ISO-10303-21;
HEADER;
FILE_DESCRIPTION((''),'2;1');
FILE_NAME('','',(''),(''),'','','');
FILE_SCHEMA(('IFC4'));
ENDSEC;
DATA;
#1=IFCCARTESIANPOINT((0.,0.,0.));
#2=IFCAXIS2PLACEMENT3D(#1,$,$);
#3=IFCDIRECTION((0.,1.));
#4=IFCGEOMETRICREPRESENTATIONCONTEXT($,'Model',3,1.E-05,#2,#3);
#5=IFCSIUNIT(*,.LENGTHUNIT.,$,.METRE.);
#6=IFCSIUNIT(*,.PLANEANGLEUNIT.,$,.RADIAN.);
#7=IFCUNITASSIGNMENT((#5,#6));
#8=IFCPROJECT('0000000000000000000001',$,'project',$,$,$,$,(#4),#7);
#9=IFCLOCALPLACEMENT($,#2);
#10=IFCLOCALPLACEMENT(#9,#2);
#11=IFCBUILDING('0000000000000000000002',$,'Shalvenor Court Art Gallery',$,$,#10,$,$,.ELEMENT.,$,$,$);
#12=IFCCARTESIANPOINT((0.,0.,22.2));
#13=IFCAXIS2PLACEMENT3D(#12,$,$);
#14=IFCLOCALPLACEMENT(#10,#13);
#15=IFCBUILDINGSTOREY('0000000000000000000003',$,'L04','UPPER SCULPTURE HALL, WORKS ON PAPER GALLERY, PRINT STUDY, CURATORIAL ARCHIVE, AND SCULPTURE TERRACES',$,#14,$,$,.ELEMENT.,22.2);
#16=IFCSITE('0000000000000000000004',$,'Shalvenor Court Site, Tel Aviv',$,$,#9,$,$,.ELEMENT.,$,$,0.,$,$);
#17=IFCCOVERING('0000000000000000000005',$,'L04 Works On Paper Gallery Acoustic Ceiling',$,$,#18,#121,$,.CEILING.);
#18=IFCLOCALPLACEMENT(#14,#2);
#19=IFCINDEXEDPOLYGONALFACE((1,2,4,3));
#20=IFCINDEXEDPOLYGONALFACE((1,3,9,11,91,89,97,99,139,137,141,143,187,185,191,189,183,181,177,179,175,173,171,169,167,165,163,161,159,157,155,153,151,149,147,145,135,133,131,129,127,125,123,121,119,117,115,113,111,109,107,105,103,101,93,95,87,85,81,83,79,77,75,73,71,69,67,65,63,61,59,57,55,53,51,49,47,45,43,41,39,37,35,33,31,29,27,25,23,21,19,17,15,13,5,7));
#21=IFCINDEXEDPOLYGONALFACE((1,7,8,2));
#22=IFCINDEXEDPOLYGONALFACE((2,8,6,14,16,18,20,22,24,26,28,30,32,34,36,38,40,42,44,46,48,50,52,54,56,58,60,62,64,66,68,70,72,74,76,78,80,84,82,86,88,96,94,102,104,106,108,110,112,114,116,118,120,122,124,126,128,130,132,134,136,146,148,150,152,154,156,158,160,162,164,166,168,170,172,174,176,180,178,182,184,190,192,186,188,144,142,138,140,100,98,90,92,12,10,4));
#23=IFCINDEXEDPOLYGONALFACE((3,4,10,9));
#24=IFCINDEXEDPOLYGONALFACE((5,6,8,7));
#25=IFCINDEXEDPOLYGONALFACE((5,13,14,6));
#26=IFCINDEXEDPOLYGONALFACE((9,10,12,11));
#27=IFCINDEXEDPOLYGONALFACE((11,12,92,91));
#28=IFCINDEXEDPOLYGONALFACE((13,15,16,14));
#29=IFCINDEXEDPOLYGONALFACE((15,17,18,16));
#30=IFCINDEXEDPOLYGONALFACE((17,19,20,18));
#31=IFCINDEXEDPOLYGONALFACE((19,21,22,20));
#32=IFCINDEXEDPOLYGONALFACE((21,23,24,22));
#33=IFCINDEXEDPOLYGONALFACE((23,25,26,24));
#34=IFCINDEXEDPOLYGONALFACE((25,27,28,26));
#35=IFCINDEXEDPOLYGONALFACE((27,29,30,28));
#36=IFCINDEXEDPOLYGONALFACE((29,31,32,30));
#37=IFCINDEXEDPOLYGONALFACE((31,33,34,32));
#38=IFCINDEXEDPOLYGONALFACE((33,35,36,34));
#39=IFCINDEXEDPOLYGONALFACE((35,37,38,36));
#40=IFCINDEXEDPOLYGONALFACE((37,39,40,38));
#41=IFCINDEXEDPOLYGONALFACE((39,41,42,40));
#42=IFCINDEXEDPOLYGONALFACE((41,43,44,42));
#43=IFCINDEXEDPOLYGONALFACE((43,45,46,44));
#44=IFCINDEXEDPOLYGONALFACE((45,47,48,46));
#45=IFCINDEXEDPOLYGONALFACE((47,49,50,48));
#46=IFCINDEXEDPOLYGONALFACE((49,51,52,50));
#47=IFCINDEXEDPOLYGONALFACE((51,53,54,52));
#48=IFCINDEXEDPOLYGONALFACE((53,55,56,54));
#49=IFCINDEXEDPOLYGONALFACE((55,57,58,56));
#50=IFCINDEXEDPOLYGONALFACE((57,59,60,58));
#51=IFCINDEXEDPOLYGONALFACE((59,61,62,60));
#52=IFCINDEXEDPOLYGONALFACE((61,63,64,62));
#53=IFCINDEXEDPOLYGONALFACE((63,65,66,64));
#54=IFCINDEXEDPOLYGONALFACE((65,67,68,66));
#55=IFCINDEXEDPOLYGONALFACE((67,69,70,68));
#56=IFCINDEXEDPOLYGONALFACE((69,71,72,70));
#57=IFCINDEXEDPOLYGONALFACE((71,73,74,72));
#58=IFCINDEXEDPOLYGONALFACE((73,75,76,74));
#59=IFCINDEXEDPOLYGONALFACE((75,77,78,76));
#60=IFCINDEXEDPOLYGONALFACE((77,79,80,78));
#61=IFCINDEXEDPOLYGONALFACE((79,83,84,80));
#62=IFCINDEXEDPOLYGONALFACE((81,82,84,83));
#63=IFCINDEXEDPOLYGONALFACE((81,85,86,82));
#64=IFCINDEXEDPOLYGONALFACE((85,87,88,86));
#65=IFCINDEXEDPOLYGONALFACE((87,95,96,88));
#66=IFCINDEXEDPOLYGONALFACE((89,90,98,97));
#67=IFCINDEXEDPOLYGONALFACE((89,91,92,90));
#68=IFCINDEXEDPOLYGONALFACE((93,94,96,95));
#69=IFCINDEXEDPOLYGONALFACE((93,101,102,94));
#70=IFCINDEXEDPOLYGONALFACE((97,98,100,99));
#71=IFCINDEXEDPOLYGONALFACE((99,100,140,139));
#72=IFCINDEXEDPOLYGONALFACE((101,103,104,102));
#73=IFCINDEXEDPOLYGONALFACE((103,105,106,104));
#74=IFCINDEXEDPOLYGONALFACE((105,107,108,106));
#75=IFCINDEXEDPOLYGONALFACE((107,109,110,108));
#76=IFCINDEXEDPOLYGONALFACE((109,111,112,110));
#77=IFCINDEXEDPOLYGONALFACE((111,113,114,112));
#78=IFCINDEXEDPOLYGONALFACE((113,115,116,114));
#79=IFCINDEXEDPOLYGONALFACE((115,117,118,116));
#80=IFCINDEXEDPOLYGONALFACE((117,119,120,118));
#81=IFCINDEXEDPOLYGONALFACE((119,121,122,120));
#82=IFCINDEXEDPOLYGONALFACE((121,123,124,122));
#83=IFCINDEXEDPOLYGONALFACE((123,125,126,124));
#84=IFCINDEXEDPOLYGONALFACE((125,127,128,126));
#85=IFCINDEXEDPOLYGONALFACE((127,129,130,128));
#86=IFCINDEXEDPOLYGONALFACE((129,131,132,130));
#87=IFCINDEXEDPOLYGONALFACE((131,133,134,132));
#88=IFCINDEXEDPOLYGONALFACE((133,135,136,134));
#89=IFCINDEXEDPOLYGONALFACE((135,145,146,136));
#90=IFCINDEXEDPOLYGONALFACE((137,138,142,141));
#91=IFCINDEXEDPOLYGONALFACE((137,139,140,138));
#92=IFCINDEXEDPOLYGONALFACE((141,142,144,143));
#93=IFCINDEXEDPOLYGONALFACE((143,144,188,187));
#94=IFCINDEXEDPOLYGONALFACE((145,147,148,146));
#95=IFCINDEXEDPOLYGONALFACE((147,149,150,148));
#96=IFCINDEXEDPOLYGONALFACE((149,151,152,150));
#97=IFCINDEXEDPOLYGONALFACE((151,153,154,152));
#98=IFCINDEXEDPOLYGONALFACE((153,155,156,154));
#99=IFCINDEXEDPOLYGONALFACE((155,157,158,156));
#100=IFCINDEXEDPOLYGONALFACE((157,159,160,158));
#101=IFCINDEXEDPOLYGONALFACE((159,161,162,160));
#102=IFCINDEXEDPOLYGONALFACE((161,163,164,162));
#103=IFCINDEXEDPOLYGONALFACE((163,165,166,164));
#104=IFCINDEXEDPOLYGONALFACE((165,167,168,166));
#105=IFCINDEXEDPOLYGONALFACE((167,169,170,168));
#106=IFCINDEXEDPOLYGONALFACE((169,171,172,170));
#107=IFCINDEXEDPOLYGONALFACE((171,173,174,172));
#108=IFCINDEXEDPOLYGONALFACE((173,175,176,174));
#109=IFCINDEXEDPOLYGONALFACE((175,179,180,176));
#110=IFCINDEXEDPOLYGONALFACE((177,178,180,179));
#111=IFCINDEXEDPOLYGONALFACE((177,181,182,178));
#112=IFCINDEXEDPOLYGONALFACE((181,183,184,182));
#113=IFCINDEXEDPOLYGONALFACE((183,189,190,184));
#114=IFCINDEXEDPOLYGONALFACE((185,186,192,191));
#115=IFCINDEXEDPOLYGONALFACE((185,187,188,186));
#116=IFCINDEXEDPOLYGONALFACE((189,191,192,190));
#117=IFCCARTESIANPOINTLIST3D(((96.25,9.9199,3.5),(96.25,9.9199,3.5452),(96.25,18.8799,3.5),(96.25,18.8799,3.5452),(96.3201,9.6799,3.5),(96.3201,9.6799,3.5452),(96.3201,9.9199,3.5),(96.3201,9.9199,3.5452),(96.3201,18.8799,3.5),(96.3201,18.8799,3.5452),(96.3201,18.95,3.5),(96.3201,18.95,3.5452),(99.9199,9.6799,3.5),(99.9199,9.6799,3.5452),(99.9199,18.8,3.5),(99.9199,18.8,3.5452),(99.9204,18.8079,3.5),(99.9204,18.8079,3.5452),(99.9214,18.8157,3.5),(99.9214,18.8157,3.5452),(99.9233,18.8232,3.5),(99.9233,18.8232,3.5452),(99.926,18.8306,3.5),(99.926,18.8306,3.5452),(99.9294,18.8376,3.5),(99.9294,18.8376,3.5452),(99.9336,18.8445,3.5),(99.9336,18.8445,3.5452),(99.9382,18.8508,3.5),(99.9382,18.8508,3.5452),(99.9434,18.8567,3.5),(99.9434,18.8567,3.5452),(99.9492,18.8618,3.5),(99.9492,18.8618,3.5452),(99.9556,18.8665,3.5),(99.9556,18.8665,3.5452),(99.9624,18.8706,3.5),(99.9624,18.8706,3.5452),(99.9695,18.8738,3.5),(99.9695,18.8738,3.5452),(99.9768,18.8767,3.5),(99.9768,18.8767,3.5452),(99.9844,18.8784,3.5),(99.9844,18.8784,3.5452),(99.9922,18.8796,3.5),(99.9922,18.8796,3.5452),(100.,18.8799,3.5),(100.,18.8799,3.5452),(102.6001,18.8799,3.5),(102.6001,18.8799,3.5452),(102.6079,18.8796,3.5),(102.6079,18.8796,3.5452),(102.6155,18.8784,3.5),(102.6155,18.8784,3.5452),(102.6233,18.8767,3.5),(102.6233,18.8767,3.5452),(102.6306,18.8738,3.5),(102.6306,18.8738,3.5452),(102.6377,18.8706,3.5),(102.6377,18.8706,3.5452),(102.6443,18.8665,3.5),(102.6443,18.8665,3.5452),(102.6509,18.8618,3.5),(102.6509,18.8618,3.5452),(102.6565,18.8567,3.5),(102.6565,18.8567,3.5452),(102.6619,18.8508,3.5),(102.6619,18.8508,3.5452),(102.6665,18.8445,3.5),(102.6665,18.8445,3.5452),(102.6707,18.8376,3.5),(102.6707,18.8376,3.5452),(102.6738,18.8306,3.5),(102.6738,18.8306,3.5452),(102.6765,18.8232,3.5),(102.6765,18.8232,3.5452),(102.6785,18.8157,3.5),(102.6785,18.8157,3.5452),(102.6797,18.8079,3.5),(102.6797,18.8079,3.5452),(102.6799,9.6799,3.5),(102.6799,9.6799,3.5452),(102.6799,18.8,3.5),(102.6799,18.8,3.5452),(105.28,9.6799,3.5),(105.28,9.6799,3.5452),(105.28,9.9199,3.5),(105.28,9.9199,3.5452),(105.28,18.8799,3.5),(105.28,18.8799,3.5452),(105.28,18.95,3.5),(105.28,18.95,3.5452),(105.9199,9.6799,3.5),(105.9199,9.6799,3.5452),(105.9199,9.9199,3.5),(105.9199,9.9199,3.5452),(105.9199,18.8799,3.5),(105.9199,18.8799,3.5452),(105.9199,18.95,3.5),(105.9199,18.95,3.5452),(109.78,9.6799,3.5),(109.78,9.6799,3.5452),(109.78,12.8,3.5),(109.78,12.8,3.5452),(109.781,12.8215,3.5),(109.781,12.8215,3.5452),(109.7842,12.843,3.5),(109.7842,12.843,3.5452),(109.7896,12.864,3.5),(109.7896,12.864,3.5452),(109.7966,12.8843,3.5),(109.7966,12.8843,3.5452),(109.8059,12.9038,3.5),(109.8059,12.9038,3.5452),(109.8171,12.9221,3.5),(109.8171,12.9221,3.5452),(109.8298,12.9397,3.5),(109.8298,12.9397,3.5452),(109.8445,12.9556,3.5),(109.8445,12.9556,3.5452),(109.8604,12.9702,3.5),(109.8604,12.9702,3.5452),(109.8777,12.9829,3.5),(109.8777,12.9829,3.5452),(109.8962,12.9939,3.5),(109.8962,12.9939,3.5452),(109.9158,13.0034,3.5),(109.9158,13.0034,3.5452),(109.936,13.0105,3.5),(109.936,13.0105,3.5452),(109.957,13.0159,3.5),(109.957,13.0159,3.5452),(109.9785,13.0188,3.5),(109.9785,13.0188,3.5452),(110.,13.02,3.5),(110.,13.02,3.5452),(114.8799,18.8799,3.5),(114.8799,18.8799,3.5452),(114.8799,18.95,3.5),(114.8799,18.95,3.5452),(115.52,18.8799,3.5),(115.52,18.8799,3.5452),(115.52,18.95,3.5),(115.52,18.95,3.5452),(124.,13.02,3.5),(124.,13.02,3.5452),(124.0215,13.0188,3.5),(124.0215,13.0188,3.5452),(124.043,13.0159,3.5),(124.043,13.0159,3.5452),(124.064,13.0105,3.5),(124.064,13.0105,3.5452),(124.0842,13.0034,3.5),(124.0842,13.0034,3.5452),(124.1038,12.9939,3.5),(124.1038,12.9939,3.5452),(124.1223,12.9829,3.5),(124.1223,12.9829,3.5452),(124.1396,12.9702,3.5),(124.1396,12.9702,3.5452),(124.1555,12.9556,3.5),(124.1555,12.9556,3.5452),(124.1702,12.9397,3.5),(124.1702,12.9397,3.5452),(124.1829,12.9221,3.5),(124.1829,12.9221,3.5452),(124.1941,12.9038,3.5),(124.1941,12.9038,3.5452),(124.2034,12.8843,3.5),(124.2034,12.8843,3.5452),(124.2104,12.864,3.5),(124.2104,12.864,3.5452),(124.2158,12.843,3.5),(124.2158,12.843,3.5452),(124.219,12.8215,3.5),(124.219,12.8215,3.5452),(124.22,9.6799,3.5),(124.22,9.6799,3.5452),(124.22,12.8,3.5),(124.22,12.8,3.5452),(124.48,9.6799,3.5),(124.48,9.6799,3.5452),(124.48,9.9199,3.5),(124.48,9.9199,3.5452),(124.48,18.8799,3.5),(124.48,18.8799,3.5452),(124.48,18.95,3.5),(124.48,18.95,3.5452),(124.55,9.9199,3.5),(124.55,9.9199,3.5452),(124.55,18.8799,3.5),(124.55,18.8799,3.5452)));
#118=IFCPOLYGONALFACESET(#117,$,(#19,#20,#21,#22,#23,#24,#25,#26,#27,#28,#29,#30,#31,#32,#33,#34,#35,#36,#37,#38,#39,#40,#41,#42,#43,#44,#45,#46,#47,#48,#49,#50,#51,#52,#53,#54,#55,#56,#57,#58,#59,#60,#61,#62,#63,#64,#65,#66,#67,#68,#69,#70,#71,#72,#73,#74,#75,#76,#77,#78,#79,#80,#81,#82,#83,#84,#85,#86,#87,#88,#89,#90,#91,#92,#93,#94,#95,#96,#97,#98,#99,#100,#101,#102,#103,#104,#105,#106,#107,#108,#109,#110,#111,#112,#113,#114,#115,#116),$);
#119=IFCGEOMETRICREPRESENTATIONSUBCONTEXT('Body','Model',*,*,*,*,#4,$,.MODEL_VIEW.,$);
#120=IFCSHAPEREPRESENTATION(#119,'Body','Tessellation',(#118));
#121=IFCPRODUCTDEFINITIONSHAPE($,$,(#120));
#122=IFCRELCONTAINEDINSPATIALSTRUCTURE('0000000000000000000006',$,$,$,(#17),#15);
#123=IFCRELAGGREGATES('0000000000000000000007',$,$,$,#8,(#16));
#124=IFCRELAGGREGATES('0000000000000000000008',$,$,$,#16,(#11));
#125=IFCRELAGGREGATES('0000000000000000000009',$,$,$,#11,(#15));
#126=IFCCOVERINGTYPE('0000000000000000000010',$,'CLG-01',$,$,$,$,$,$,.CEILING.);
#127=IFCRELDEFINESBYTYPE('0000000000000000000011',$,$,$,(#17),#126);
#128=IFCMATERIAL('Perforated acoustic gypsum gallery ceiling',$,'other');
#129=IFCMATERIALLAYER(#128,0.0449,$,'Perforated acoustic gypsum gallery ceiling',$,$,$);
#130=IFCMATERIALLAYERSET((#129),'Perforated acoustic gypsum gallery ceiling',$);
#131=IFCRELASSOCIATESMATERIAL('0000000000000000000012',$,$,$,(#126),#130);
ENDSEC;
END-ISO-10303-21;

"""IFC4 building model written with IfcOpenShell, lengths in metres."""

from ifc_helpers import new_model, si_unit, direction, frame, origin, place, context, subcontext, project, spatial, polyline, outline, extrude, material, layer, layer_set, type_object, element, save


model = new_model("IFC4")

# Units and contexts
model_context = context("Model", 3, precision=1e-05, world=origin(), true_north=direction((0.0, 1.0)))
body_context = subcontext(model_context, "Body", "Model", "MODEL_VIEW")
ifc_project = project(units=[si_unit("LENGTHUNIT", "METRE"), si_unit("PLANEANGLEUNIT", "RADIAN")], contexts=[model_context])

# Site, building, storey
site_placement = place(None, origin())
site = spatial("IfcSite", under=ifc_project, at=site_placement, Name="Shalvenor Court Site, Tel Aviv", CompositionType="ELEMENT", RefElevation=0.0)
building_placement = place(site_placement, origin())
building = spatial("IfcBuilding", under=site, at=building_placement, Name="Shalvenor Court Art Gallery", CompositionType="ELEMENT")
storey_placement = place(building_placement, frame((0.0, 0.0, 22.2)))
storey = spatial("IfcBuildingStorey", under=building, at=storey_placement, Name="L04", Description="UPPER SCULPTURE HALL, WORKS ON PAPER GALLERY, PRINT STUDY, CURATORIAL ARCHIVE, AND SCULPTURE TERRACES", CompositionType="ELEMENT", Elevation=22.2)

# Covering
ifc_material_1 = material(Name="Perforated acoustic gypsum gallery ceiling", Category="other")
ifc_layer_1 = layer(ifc_material_1, 0.0449, Name="Perforated acoustic gypsum gallery ceiling")
ifc_layer_set_1 = layer_set([ifc_layer_1], Name="Perforated acoustic gypsum gallery ceiling")
covering_type_1 = type_object("IfcCoveringType", Name="CLG-01", PredefinedType="CEILING", material=ifc_layer_set_1)
covering_1_placement = place(storey_placement, frame((0.0, 0.0, 3.5)))
element("IfcCovering", 1, at=covering_1_placement, inside=storey, type_object=covering_type_1, Name="L04 Works On Paper Gallery Acoustic Ceiling", PredefinedType="CEILING", context=body_context, shape_type="SweptSolid", body=[
    extrude(outline(polyline([(124.55, 9.9199), (124.48, 9.9199), (124.48, 9.6799), (124.22, 9.6799), (124.22, 12.8), (124.219, 12.8215), (124.2158, 12.843), (124.2104, 12.864), (124.2034, 12.8843), (124.1941, 12.9038), (124.1829, 12.9221), (124.1702, 12.9397), (124.1555, 12.9556), (124.1396, 12.9702), (124.1223, 12.9829), (124.1038, 12.9939), (124.0842, 13.0034), (124.064, 13.0105), (124.043, 13.0159), (124.0215, 13.0188), (124.0, 13.02), (110.0, 13.02), (109.9785, 13.0188), (109.957, 13.0159), (109.936, 13.0105), (109.9158, 13.0034), (109.8962, 12.9939), (109.8777, 12.9829), (109.8604, 12.9702), (109.8445, 12.9556), (109.8298, 12.9397), (109.8171, 12.9221), (109.8059, 12.9038), (109.7966, 12.8843), (109.7896, 12.864), (109.7842, 12.843), (109.781, 12.8215), (109.78, 12.8), (109.78, 9.6799), (105.9199, 9.6799), (105.9199, 9.9199), (105.28, 9.9199), (105.28, 9.6799), (102.6799, 9.6799), (102.6799, 18.8), (102.6797, 18.8079), (102.6785, 18.8157), (102.6765, 18.8232), (102.6738, 18.8306), (102.6707, 18.8376), (102.6665, 18.8445), (102.6619, 18.8508), (102.6565, 18.8567), (102.6509, 18.8618), (102.6443, 18.8665), (102.6377, 18.8706), (102.6306, 18.8738), (102.6233, 18.8767), (102.6155, 18.8784), (102.6079, 18.8796), (102.6001, 18.8799), (100.0, 18.8799), (99.9922, 18.8796), (99.9844, 18.8784), (99.9768, 18.8767), (99.9695, 18.8738), (99.9624, 18.8706), (99.9556, 18.8665), (99.9492, 18.8618), (99.9434, 18.8567), (99.9382, 18.8508), (99.9336, 18.8445), (99.9294, 18.8376), (99.926, 18.8306), (99.9233, 18.8232), (99.9214, 18.8157), (99.9204, 18.8079), (99.9199, 18.8), (99.9199, 9.6799), (96.3201, 9.6799), (96.3201, 9.9199), (96.25, 9.9199), (96.25, 18.8799), (96.3201, 18.8799), (96.3201, 18.95), (105.28, 18.95), (105.28, 18.8799), (105.9199, 18.8799), (105.9199, 18.95), (114.8799, 18.95), (114.8799, 18.8799), (115.52, 18.8799), (115.52, 18.95), (124.48, 18.95), (124.48, 18.8799), (124.55, 18.8799), (124.55, 9.9199)])), origin(), (0.0, 0.0, 1.0), 0.0452),
])

save(model, "model.ifc")
